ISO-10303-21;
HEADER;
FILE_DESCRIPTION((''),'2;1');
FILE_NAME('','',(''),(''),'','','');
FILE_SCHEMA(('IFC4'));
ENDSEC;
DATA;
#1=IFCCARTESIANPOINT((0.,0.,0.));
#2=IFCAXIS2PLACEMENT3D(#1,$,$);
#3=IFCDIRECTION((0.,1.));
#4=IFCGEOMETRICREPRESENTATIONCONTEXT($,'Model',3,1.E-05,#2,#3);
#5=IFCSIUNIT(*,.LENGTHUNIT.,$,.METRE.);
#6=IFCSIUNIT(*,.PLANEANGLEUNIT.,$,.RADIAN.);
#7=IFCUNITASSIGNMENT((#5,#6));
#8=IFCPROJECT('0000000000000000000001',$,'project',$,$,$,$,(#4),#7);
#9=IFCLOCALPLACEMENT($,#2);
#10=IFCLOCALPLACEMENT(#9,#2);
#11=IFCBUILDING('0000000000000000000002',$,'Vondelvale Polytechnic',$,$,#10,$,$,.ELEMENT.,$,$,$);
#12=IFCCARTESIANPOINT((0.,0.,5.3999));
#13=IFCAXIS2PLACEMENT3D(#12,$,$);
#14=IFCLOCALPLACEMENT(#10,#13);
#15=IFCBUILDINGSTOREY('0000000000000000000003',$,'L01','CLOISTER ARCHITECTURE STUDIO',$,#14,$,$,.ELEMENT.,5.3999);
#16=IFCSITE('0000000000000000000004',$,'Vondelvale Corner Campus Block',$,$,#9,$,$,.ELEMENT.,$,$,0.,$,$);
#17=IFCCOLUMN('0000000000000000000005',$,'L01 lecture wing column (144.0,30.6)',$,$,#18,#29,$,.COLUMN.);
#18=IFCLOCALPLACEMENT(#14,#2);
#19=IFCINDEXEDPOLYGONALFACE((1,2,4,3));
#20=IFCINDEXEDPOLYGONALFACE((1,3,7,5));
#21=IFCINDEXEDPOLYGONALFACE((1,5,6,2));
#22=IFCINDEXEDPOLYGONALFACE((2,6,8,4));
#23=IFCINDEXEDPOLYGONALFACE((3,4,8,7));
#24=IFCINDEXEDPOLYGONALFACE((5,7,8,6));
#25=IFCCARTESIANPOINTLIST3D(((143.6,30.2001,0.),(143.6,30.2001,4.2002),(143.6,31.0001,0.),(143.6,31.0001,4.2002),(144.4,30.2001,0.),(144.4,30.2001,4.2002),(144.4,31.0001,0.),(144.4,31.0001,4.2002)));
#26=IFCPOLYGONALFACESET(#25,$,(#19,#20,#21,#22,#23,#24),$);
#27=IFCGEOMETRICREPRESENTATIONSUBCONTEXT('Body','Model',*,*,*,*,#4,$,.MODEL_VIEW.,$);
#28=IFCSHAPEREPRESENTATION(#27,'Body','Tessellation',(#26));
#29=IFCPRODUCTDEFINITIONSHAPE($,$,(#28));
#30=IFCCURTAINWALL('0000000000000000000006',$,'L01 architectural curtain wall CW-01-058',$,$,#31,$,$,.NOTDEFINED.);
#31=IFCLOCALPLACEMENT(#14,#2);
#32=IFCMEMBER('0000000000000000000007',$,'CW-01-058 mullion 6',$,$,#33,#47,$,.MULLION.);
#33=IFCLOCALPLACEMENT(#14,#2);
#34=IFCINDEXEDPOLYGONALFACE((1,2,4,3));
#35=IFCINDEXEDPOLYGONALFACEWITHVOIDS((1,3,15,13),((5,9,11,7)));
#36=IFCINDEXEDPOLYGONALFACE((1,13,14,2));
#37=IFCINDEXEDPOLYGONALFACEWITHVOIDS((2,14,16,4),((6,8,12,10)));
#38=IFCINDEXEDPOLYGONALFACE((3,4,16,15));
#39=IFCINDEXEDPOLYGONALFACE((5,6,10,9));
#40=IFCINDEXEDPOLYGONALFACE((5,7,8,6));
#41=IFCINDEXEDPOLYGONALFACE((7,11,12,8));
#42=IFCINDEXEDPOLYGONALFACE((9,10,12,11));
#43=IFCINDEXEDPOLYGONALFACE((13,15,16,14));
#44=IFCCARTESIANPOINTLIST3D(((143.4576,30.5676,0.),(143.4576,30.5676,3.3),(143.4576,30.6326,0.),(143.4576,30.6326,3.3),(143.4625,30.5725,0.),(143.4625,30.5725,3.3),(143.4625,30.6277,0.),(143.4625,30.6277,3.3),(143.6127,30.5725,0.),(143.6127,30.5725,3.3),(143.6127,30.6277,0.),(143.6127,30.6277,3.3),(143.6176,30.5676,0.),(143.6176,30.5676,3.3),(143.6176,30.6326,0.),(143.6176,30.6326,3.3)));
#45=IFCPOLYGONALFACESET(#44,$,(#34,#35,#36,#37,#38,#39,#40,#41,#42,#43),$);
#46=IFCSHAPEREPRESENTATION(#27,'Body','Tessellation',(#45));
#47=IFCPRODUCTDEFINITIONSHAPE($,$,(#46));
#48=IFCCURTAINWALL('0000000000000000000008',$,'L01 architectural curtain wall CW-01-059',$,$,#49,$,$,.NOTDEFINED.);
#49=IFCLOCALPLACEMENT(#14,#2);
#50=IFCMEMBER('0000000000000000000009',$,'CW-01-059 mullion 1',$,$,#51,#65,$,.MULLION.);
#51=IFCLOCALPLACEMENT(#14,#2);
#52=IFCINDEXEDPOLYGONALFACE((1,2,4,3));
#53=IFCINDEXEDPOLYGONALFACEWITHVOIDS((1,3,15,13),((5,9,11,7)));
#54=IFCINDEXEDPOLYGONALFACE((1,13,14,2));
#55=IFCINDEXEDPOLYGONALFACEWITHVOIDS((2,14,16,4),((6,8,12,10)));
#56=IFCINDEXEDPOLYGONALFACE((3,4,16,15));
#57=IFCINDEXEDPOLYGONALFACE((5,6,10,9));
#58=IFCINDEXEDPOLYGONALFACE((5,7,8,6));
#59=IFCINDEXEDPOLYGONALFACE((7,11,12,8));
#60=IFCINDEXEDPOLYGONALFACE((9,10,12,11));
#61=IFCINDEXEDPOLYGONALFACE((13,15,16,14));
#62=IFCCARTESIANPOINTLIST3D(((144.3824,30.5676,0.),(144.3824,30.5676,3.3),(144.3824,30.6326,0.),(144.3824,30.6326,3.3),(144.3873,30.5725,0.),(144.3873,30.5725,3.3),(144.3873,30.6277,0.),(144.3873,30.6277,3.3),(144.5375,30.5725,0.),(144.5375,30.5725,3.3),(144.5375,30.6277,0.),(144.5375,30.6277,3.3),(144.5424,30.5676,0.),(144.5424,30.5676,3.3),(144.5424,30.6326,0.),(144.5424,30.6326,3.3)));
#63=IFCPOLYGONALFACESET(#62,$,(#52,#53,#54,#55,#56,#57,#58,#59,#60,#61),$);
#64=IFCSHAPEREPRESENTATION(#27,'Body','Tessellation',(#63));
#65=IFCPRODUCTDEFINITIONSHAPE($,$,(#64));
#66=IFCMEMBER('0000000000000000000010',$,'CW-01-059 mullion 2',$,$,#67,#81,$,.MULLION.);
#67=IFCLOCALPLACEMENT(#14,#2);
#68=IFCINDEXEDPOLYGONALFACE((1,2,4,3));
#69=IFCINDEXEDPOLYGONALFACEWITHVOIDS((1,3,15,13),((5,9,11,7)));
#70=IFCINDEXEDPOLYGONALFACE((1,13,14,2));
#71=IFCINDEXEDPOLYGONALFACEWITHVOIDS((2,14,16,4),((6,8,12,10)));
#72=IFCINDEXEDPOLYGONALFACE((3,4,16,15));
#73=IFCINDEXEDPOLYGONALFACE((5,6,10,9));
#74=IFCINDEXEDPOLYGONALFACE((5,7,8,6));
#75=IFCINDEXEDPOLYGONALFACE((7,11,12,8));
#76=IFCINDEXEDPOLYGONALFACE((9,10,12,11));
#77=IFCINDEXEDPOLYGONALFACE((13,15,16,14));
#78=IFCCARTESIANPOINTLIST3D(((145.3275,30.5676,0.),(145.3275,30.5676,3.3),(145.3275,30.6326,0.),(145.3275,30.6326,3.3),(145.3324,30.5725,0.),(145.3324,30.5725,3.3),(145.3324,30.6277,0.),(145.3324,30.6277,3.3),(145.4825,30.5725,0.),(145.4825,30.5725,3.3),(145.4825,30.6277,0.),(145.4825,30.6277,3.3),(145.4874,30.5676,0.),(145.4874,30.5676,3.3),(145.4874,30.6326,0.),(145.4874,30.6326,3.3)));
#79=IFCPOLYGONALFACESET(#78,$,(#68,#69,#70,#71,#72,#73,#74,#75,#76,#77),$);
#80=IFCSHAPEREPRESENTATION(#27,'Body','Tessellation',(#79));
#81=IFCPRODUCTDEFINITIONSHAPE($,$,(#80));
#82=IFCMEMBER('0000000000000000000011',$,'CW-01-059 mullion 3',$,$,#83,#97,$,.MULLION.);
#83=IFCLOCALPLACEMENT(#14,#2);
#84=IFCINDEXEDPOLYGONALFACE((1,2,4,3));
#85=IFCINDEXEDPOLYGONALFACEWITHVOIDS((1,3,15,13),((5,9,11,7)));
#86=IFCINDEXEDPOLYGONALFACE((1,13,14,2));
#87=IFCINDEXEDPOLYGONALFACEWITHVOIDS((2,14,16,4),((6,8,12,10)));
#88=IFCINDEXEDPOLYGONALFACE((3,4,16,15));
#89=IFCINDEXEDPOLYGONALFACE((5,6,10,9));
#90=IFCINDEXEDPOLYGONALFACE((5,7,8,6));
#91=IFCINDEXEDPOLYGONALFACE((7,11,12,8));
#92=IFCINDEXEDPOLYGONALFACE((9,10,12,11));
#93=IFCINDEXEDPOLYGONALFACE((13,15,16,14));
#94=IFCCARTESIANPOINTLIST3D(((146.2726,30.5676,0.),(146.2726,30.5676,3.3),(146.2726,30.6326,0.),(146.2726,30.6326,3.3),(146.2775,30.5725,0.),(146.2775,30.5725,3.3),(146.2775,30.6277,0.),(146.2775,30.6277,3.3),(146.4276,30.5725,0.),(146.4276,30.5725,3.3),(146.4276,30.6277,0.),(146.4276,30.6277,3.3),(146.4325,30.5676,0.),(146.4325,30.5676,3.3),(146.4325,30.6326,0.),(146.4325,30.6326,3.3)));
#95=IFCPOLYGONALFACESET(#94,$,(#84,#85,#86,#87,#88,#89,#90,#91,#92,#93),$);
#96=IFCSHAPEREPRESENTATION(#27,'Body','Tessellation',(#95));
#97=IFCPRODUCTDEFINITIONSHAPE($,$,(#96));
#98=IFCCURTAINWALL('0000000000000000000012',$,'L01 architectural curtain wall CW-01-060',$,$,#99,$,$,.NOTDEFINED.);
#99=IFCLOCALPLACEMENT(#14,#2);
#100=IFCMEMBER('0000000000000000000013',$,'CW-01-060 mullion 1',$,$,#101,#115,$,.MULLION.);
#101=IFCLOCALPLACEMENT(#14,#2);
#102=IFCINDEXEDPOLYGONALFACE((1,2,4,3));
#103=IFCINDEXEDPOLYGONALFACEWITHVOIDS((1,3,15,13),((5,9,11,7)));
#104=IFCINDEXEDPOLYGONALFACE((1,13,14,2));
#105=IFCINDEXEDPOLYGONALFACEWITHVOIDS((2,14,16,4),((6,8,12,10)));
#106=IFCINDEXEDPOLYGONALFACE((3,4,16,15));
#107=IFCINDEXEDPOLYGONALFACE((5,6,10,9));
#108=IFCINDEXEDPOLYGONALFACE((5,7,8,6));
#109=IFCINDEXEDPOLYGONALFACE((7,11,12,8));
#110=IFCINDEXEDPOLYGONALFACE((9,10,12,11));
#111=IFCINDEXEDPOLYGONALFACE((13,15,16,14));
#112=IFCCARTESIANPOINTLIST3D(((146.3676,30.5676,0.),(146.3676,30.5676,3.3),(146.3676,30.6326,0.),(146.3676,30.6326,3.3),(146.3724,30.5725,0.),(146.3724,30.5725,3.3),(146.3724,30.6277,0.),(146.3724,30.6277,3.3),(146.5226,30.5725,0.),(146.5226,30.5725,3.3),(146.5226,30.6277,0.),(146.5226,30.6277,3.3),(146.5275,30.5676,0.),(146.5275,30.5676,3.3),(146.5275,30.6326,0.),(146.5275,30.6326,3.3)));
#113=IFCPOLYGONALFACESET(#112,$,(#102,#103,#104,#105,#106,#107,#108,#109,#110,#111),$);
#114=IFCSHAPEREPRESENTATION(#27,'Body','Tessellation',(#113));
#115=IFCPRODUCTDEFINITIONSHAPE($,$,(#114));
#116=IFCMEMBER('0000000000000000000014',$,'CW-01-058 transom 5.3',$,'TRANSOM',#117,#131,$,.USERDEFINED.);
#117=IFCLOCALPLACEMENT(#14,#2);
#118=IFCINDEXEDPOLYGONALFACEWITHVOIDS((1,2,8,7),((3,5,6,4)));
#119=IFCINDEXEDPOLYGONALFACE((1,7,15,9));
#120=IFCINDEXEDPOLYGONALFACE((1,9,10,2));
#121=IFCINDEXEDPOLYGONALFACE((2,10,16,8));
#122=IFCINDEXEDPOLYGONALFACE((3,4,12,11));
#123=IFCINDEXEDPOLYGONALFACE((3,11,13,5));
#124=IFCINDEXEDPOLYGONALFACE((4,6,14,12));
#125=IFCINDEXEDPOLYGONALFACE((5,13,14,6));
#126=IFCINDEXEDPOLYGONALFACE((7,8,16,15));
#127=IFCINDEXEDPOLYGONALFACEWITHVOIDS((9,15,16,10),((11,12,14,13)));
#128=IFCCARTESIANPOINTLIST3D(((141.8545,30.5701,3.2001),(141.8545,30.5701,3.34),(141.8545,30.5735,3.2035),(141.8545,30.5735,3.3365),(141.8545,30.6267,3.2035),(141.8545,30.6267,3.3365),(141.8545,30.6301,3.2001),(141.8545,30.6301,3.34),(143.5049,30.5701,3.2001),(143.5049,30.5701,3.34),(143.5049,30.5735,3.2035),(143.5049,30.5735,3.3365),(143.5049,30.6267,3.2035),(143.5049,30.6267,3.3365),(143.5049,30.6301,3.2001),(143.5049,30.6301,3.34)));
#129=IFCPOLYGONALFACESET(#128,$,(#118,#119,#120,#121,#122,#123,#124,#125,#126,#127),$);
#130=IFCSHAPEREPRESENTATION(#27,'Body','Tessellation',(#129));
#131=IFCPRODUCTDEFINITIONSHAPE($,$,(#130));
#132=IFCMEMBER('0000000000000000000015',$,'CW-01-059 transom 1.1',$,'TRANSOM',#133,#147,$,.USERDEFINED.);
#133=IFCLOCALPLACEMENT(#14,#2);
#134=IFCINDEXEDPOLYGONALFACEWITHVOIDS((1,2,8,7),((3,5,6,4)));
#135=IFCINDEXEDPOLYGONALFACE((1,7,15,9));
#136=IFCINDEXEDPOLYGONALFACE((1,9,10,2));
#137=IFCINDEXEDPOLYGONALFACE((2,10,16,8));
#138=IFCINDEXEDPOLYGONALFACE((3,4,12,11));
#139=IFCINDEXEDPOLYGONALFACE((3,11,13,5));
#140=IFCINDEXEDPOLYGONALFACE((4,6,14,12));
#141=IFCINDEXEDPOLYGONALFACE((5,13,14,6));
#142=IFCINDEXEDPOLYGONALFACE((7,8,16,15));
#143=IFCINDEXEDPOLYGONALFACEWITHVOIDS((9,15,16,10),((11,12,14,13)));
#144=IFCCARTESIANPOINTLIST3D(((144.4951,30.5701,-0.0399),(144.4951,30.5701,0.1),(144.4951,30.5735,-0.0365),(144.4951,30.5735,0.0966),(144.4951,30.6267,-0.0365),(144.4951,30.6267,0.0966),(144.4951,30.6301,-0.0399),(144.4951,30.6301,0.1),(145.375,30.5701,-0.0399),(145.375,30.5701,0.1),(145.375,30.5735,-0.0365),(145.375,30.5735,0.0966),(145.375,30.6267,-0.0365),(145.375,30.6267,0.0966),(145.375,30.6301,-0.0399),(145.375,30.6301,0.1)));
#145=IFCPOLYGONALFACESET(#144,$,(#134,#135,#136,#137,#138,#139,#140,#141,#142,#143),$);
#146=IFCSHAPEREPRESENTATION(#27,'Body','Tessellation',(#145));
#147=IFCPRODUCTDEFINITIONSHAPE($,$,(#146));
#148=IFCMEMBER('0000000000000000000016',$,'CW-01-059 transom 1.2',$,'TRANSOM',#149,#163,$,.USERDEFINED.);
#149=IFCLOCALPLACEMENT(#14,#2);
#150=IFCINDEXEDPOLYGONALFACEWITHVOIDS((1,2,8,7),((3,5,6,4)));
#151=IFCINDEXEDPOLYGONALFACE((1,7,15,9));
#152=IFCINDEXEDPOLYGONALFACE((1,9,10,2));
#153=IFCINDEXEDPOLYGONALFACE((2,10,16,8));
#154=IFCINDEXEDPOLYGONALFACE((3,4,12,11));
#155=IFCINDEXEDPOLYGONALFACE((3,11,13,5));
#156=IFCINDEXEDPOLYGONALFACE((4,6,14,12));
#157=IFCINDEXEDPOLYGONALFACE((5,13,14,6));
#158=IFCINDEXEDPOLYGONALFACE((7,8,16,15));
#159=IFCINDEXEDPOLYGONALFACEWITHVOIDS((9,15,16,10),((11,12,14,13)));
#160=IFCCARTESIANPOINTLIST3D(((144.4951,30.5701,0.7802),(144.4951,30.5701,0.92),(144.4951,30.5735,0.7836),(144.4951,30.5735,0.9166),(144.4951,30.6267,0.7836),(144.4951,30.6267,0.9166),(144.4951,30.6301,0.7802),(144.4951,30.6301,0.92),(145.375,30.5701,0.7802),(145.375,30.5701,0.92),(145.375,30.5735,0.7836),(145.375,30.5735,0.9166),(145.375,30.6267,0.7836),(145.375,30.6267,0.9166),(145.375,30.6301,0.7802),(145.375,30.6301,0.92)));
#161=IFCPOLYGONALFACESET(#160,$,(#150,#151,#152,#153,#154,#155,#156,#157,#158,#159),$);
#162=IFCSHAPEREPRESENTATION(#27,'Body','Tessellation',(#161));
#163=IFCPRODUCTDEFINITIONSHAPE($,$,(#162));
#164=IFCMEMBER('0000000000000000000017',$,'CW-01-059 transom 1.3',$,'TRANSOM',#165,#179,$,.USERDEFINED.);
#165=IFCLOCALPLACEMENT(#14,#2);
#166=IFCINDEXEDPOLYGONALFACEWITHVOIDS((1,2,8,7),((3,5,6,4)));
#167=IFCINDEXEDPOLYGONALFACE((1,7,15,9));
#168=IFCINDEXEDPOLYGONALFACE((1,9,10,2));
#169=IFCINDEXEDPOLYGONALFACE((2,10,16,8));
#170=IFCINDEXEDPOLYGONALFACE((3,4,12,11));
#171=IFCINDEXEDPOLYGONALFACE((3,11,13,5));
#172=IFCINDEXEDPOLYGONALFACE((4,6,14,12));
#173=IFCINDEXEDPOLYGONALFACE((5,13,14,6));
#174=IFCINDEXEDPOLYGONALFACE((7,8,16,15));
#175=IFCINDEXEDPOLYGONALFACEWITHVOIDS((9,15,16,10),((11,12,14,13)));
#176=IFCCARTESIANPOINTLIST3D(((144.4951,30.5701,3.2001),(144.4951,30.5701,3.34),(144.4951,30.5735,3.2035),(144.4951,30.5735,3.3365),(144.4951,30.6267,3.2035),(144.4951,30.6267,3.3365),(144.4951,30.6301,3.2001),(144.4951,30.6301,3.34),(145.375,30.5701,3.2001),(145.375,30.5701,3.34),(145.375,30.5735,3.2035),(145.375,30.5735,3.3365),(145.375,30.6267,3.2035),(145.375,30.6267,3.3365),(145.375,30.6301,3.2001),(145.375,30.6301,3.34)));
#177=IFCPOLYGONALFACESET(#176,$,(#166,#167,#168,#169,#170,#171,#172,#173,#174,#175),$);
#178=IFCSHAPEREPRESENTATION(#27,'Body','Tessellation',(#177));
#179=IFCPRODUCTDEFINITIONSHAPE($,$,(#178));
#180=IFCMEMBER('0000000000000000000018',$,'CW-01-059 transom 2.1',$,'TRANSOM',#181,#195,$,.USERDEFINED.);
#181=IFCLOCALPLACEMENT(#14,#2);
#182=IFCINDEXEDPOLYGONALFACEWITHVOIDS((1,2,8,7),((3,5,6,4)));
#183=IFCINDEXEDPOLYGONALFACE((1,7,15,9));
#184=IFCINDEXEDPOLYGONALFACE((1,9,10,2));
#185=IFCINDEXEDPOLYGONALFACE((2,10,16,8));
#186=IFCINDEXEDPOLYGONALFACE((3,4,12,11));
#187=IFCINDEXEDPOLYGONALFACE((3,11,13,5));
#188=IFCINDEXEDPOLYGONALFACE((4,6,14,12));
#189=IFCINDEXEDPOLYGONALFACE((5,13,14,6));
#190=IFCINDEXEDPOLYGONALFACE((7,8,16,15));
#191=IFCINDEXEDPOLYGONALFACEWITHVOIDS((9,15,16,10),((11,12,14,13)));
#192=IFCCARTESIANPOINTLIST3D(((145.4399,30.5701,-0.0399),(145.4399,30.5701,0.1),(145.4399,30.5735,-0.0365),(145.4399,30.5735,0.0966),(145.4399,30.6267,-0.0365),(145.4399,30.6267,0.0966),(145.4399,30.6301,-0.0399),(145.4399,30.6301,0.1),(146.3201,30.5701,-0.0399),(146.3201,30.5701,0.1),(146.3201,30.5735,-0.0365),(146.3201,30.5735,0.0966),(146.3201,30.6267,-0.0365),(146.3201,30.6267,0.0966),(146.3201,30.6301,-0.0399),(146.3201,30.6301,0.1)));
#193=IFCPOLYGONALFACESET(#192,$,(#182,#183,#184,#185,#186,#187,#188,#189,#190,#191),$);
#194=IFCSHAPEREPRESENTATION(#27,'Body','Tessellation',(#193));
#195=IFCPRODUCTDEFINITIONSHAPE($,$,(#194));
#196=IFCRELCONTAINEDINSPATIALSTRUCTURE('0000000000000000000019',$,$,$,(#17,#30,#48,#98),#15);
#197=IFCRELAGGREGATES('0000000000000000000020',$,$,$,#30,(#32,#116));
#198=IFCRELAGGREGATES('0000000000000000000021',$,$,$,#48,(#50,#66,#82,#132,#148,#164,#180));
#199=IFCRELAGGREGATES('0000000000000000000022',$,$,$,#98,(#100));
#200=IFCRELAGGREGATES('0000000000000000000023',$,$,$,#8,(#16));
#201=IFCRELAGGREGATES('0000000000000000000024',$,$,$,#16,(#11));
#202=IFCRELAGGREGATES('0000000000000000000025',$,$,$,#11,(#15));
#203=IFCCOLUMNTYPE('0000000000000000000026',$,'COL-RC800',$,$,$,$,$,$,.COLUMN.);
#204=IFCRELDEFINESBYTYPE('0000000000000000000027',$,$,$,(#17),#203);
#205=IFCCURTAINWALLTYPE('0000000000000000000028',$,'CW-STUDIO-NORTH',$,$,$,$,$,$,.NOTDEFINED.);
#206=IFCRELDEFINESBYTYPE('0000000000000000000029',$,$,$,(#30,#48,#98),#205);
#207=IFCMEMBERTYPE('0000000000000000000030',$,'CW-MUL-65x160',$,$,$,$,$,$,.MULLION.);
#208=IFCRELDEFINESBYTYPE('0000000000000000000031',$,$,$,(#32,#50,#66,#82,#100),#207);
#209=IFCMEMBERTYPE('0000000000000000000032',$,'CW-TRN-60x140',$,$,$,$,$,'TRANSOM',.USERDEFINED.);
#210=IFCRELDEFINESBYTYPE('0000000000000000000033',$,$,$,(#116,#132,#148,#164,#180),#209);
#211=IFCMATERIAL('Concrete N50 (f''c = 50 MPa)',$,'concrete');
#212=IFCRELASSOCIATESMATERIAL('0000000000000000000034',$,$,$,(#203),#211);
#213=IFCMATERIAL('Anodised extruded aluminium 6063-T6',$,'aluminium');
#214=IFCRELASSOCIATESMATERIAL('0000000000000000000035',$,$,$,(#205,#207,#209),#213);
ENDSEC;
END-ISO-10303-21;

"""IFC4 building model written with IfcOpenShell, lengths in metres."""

from ifc_helpers import new_model, si_unit, direction, frame, origin, origin_2d, place, context, subcontext, project, spatial, rectangle, hollow_rectangle, extrude, material, material_profile, profile_set, type_object, element, aggregate, save


model = new_model("IFC4")

# Units and contexts
model_context = context("Model", 3, precision=1e-05, world=origin(), true_north=direction((0.0, 1.0)))
body_context = subcontext(model_context, "Body", "Model", "MODEL_VIEW")
ifc_project = project(units=[si_unit("LENGTHUNIT", "METRE"), si_unit("PLANEANGLEUNIT", "RADIAN")], contexts=[model_context])

# Site, building, storey
site_placement = place(None, origin())
site = spatial("IfcSite", under=ifc_project, at=site_placement, Name="Vondelvale Corner Campus Block", CompositionType="ELEMENT", RefElevation=0.0)
building_placement = place(site_placement, origin())
building = spatial("IfcBuilding", under=site, at=building_placement, Name="Vondelvale Polytechnic", CompositionType="ELEMENT")
storey_placement = place(building_placement, frame((0.0, 0.0, 5.3999)))
storey = spatial("IfcBuildingStorey", under=building, at=storey_placement, Name="L01", Description="CLOISTER ARCHITECTURE STUDIO", CompositionType="ELEMENT", Elevation=5.3999)

# Column
ifc_material_1 = material(Name="Concrete N50 (f'c = 50 MPa)", Category="concrete")
ifc_material_profile_1 = material_profile(ifc_material_1, rectangle(XDim=0.8, YDim=0.8, at=origin_2d()), Name="RC-COL-800x800")
ifc_profile_set_1 = profile_set([ifc_material_profile_1], Name="Concrete N50 (f'c = 50 MPa)")
column_type = type_object("IfcColumnType", Name="COL-RC800", PredefinedType="COLUMN", material=ifc_profile_set_1)
column_placement = place(storey_placement, frame((144.0, 30.6001, 0.0), z_axis=(0.0, 0.0, 1.0), x_axis=(1.0, 0.0, 0.0)))
element("IfcColumn", 1, at=column_placement, inside=storey, type_object=column_type, Name="L01 lecture wing column (144.0,30.6)", PredefinedType="COLUMN", context=body_context, shape_type="SweptSolid", body=[
    extrude(rectangle(XDim=0.8, YDim=0.8, at=origin_2d()), origin(), (0.0, 0.0, 1.0), 4.2002),
])

# Curtain wall, member
ifc_material_2 = material(Name="Anodised extruded aluminium 6063-T6", Category="aluminium")
curtain_wall_type = type_object("IfcCurtainWallType", Name="CW-STUDIO-NORTH", PredefinedType="NOTDEFINED", material=ifc_material_2)
curtain_wall_1_placement = place(storey_placement, origin())
curtain_wall_1 = element("IfcCurtainWall", 2, at=curtain_wall_1_placement, inside=storey, type_object=curtain_wall_type, Name="L01 architectural curtain wall CW-01-058", PredefinedType="NOTDEFINED")
ifc_material_profile_2 = material_profile(ifc_material_2, hollow_rectangle(XDim=0.0649, YDim=0.1599, WallThickness=0.0049, at=origin_2d()), Name="CW-MUL-160x65")
ifc_profile_set_2 = profile_set([ifc_material_profile_2], Name="Anodised extruded aluminium 6063-T6")
member_type_1 = type_object("IfcMemberType", Name="CW-MUL-65x160", PredefinedType="MULLION", material=ifc_profile_set_2)
member_1_placement = place(storey_placement, frame((143.5376, 30.6001, 0.0), z_axis=(0.0, 0.0, 1.0), x_axis=(0.0, 1.0, 0.0)))
member_1 = element("IfcMember", 3, at=member_1_placement, type_object=member_type_1, Name="CW-01-058 mullion 6", PredefinedType="MULLION", context=body_context, shape_type="SweptSolid", body=[
    extrude(hollow_rectangle(XDim=0.0649, YDim=0.1599, WallThickness=0.0049, at=origin_2d()), origin(), (0.0, 0.0, 1.0), 3.3),
])

# Curtain wall, members
curtain_wall_2_placement = place(storey_placement, origin())
curtain_wall_2 = element("IfcCurtainWall", 4, at=curtain_wall_2_placement, inside=storey, type_object=curtain_wall_type, Name="L01 architectural curtain wall CW-01-059", PredefinedType="NOTDEFINED")
member_2_placement = place(storey_placement, frame((144.4624, 30.6001, 0.0), z_axis=(0.0, 0.0, 1.0), x_axis=(0.0, 1.0, 0.0)))
member_2 = element("IfcMember", 5, at=member_2_placement, type_object=member_type_1, Name="CW-01-059 mullion 1", PredefinedType="MULLION", context=body_context, shape_type="SweptSolid", body=[
    extrude(hollow_rectangle(XDim=0.0649, YDim=0.1599, WallThickness=0.0049, at=origin_2d()), origin(), (0.0, 0.0, 1.0), 3.3),
])
member_3_placement = place(storey_placement, frame((145.4075, 30.6001, 0.0), z_axis=(0.0, 0.0, 1.0), x_axis=(0.0, 1.0, 0.0)))
member_3 = element("IfcMember", 6, at=member_3_placement, type_object=member_type_1, Name="CW-01-059 mullion 2", PredefinedType="MULLION", context=body_context, shape_type="SweptSolid", body=[
    extrude(hollow_rectangle(XDim=0.0649, YDim=0.1599, WallThickness=0.0049, at=origin_2d()), origin(), (0.0, 0.0, 1.0), 3.3),
])
member_4_placement = place(storey_placement, frame((146.3525, 30.6001, 0.0), z_axis=(0.0, 0.0, 1.0), x_axis=(0.0, 1.0, 0.0)))
member_4 = element("IfcMember", 7, at=member_4_placement, type_object=member_type_1, Name="CW-01-059 mullion 3", PredefinedType="MULLION", context=body_context, shape_type="SweptSolid", body=[
    extrude(hollow_rectangle(XDim=0.0649, YDim=0.1599, WallThickness=0.0049, at=origin_2d()), origin(), (0.0, 0.0, 1.0), 3.3),
])

# Curtain wall, member
curtain_wall_3_placement = place(storey_placement, origin())
curtain_wall_3 = element("IfcCurtainWall", 8, at=curtain_wall_3_placement, inside=storey, type_object=curtain_wall_type, Name="L01 architectural curtain wall CW-01-060", PredefinedType="NOTDEFINED")
member_5_placement = place(storey_placement, frame((146.4475, 30.6001, 0.0), z_axis=(0.0, 0.0, 1.0), x_axis=(0.0, 1.0, 0.0)))
member_5 = element("IfcMember", 9, at=member_5_placement, type_object=member_type_1, Name="CW-01-060 mullion 1", PredefinedType="MULLION", context=body_context, shape_type="SweptSolid", body=[
    extrude(hollow_rectangle(XDim=0.0649, YDim=0.1599, WallThickness=0.0049, at=origin_2d()), origin(), (0.0, 0.0, 1.0), 3.3),
])

# Members
ifc_material_profile_3 = material_profile(ifc_material_2, hollow_rectangle(XDim=0.0601, YDim=0.1399, WallThickness=0.0034, at=origin_2d()), Name="CW-TRN-140x60")
ifc_profile_set_3 = profile_set([ifc_material_profile_3], Name="Anodised extruded aluminium 6063-T6")
member_type_2 = type_object("IfcMemberType", Name="CW-TRN-60x140", ElementType="TRANSOM", PredefinedType="USERDEFINED", material=ifc_profile_set_3)
member_6_placement = place(storey_placement, frame((141.8545, 30.6001, 3.27), z_axis=(1.0, 0.0, 0.0), x_axis=(0.0, 1.0, 0.0)))
member_6 = element("IfcMember", 10, at=member_6_placement, type_object=member_type_2, Name="CW-01-058 transom 5.3", ObjectType="TRANSOM", PredefinedType="USERDEFINED", context=body_context, shape_type="SweptSolid", body=[
    extrude(hollow_rectangle(XDim=0.0601, YDim=0.1399, WallThickness=0.0034, at=origin_2d()), origin(), (0.0, 0.0, 1.0), 1.6504),
])
member_7_placement = place(storey_placement, frame((144.4951, 30.6001, 0.03), z_axis=(1.0, 0.0, 0.0), x_axis=(0.0, 1.0, 0.0)))
member_7 = element("IfcMember", 11, at=member_7_placement, type_object=member_type_2, Name="CW-01-059 transom 1.1", ObjectType="TRANSOM", PredefinedType="USERDEFINED", context=body_context, shape_type="SweptSolid", body=[
    extrude(hollow_rectangle(XDim=0.0601, YDim=0.1399, WallThickness=0.0034, at=origin_2d()), origin(), (0.0, 0.0, 1.0), 0.8799),
])
member_8_placement = place(storey_placement, frame((144.4951, 30.6001, 0.8501), z_axis=(1.0, 0.0, 0.0), x_axis=(0.0, 1.0, 0.0)))
member_8 = element("IfcMember", 12, at=member_8_placement, type_object=member_type_2, Name="CW-01-059 transom 1.2", ObjectType="TRANSOM", PredefinedType="USERDEFINED", context=body_context, shape_type="SweptSolid", body=[
    extrude(hollow_rectangle(XDim=0.0601, YDim=0.1399, WallThickness=0.0034, at=origin_2d()), origin(), (0.0, 0.0, 1.0), 0.8799),
])
member_9_placement = place(storey_placement, frame((144.4951, 30.6001, 3.27), z_axis=(1.0, 0.0, 0.0), x_axis=(0.0, 1.0, 0.0)))
member_9 = element("IfcMember", 13, at=member_9_placement, type_object=member_type_2, Name="CW-01-059 transom 1.3", ObjectType="TRANSOM", PredefinedType="USERDEFINED", context=body_context, shape_type="SweptSolid", body=[
    extrude(hollow_rectangle(XDim=0.0601, YDim=0.1399, WallThickness=0.0034, at=origin_2d()), origin(), (0.0, 0.0, 1.0), 0.8799),
])
member_10_placement = place(storey_placement, frame((145.4399, 30.6001, 0.03), z_axis=(1.0, 0.0, 0.0), x_axis=(0.0, 1.0, 0.0)))
member_10 = element("IfcMember", 14, at=member_10_placement, type_object=member_type_2, Name="CW-01-059 transom 2.1", ObjectType="TRANSOM", PredefinedType="USERDEFINED", context=body_context, shape_type="SweptSolid", body=[
    extrude(hollow_rectangle(XDim=0.0601, YDim=0.1399, WallThickness=0.0034, at=origin_2d()), origin(), (0.0, 0.0, 1.0), 0.8801),
])

aggregate(curtain_wall_1, [member_1, member_6])
aggregate(curtain_wall_2, [member_2, member_3, member_4, member_7, member_8, member_9, member_10])
aggregate(curtain_wall_3, [member_5])

save(model, "model.ifc")
